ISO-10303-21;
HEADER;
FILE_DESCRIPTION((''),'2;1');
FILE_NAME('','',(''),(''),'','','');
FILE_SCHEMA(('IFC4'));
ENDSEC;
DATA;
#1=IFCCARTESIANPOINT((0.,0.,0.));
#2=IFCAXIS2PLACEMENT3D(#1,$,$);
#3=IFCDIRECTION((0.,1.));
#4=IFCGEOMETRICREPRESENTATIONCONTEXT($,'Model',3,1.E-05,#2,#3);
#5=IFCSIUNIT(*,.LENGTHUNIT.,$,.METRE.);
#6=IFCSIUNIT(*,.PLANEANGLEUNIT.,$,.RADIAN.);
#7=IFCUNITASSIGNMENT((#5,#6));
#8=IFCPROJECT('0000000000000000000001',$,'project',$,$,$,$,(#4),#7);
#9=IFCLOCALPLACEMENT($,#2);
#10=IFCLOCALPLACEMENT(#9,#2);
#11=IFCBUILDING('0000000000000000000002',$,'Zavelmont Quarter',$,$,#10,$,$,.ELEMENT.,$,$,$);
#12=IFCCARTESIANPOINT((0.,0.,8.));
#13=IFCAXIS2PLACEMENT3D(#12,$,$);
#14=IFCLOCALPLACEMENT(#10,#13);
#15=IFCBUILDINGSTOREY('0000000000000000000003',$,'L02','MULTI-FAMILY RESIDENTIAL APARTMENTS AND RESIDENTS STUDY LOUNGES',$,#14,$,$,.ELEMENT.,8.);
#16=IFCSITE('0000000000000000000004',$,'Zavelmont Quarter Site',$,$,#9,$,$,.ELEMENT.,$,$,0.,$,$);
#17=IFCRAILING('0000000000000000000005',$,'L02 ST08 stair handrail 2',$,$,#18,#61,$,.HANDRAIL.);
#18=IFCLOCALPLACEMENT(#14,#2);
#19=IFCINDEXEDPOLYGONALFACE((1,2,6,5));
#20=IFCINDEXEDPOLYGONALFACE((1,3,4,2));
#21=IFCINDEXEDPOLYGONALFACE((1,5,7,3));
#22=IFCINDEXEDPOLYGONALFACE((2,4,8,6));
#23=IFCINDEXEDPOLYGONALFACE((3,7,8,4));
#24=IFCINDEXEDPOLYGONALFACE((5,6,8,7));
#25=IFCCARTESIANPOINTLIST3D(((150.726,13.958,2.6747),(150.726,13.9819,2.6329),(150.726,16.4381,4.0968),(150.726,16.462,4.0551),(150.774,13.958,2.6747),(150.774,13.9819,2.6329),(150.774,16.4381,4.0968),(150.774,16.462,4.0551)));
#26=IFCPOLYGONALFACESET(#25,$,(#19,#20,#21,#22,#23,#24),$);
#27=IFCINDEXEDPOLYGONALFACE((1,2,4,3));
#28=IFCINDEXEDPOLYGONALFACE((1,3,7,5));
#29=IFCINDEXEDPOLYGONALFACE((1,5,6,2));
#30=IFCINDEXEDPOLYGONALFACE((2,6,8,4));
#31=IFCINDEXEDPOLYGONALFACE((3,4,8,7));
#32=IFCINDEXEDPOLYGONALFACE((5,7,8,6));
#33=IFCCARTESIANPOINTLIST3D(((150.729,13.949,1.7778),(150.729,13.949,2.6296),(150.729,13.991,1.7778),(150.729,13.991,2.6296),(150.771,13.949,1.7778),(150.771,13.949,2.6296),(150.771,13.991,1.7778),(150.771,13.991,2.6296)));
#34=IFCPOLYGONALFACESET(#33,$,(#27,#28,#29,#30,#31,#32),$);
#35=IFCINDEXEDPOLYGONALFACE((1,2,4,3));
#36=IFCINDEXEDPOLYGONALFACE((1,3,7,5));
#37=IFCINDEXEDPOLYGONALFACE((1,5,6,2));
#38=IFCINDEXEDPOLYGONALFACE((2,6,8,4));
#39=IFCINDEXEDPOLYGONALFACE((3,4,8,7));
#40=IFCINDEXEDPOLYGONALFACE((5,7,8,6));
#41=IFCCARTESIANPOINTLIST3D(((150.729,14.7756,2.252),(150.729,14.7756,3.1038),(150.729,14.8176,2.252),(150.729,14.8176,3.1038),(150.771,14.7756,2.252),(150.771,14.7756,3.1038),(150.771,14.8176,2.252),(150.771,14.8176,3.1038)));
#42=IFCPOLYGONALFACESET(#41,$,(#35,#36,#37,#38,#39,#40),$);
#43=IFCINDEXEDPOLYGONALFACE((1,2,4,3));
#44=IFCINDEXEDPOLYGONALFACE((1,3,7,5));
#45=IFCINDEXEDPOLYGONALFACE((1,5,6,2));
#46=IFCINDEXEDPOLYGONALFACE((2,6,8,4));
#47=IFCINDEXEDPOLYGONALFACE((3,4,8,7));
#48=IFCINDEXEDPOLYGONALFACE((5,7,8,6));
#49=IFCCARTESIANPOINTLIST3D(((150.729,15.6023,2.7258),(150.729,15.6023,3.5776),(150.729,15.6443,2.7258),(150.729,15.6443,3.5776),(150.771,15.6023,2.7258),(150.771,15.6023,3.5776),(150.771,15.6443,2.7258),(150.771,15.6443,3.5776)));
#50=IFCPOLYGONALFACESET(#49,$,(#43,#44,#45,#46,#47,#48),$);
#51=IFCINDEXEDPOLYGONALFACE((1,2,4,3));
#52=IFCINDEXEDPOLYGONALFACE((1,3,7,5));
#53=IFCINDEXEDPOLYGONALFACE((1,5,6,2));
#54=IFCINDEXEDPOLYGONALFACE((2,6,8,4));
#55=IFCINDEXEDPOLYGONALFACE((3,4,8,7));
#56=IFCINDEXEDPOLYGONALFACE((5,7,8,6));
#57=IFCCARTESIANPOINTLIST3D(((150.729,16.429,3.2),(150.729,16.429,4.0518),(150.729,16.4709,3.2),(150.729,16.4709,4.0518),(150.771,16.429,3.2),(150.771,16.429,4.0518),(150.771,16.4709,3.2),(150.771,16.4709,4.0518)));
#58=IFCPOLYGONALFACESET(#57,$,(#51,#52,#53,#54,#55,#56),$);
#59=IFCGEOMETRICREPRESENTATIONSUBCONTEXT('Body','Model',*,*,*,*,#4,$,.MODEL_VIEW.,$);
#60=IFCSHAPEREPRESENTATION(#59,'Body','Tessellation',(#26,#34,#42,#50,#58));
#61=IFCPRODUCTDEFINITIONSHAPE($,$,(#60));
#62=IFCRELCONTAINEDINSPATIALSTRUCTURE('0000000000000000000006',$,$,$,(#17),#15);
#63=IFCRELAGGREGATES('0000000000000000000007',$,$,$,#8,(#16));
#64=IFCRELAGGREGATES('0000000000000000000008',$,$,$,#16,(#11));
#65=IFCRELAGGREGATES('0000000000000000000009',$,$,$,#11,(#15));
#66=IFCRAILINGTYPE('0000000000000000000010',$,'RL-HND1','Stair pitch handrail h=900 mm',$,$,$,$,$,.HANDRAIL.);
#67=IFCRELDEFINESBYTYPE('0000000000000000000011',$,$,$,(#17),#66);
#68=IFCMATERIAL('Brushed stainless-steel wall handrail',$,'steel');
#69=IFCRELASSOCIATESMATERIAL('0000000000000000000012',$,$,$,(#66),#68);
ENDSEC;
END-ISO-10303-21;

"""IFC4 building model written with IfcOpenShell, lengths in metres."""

from ifc_helpers import new_model, si_unit, direction, frame, origin, origin_2d, place, context, subcontext, project, spatial, rectangle, extrude, material, type_object, element, save


model = new_model("IFC4")

# Units and contexts
model_context = context("Model", 3, precision=1e-05, world=origin(), true_north=direction((0.0, 1.0)))
body_context = subcontext(model_context, "Body", "Model", "MODEL_VIEW")
ifc_project = project(units=[si_unit("LENGTHUNIT", "METRE"), si_unit("PLANEANGLEUNIT", "RADIAN")], contexts=[model_context])

# Site, building, storey
site_placement = place(None, origin())
site = spatial("IfcSite", under=ifc_project, at=site_placement, Name="Zavelmont Quarter Site", CompositionType="ELEMENT", RefElevation=0.0)
building_placement = place(site_placement, origin())
building = spatial("IfcBuilding", under=site, at=building_placement, Name="Zavelmont Quarter", CompositionType="ELEMENT")
storey_placement = place(building_placement, frame((0.0, 0.0, 8.0)))
storey = spatial("IfcBuildingStorey", under=building, at=storey_placement, Name="L02", Description="MULTI-FAMILY RESIDENTIAL APARTMENTS AND RESIDENTS STUDY LOUNGES", CompositionType="ELEMENT", Elevation=8.0)

# Railing
ifc_material_1 = material(Name="Brushed stainless-steel wall handrail", Category="steel")
railing_type_1 = type_object("IfcRailingType", Name="RL-HND1", Description="Stair pitch handrail h=900 mm", PredefinedType="HANDRAIL", material=ifc_material_1)
railing_1_placement = place(storey_placement, frame((150.75, 13.97, 1.7778)))
element("IfcRailing", 1, at=railing_1_placement, inside=storey, type_object=railing_type_1, Name="L02 ST08 stair handrail 2", PredefinedType="HANDRAIL", context=body_context, shape_type="SweptSolid", body=[
    extrude(rectangle(XDim=0.0481, YDim=0.0481, at=origin_2d()), frame((0.0, 0.0, 0.876), z_axis=(0.0, 0.867491, 0.497454), x_axis=(-1.0, 0.0, 0.0)), (0.0, 0.0, 1.0), 2.8589),
    extrude(rectangle(XDim=0.042, YDim=0.042, at=origin_2d()), origin(), (0.0, 0.0, 1.0), 0.8518),
    extrude(rectangle(XDim=0.042, YDim=0.042, at=origin_2d()), frame((0.0, 0.8267, 0.4741)), (0.0, 0.0, 1.0), 0.8518),
    extrude(rectangle(XDim=0.042, YDim=0.042, at=origin_2d()), frame((0.0, 1.6533, 0.948)), (0.0, 0.0, 1.0), 0.8518),
    extrude(rectangle(XDim=0.042, YDim=0.042, at=origin_2d()), frame((0.0, 2.48, 1.4221)), (0.0, 0.0, 1.0), 0.8518),
])

save(model, "model.ifc")
